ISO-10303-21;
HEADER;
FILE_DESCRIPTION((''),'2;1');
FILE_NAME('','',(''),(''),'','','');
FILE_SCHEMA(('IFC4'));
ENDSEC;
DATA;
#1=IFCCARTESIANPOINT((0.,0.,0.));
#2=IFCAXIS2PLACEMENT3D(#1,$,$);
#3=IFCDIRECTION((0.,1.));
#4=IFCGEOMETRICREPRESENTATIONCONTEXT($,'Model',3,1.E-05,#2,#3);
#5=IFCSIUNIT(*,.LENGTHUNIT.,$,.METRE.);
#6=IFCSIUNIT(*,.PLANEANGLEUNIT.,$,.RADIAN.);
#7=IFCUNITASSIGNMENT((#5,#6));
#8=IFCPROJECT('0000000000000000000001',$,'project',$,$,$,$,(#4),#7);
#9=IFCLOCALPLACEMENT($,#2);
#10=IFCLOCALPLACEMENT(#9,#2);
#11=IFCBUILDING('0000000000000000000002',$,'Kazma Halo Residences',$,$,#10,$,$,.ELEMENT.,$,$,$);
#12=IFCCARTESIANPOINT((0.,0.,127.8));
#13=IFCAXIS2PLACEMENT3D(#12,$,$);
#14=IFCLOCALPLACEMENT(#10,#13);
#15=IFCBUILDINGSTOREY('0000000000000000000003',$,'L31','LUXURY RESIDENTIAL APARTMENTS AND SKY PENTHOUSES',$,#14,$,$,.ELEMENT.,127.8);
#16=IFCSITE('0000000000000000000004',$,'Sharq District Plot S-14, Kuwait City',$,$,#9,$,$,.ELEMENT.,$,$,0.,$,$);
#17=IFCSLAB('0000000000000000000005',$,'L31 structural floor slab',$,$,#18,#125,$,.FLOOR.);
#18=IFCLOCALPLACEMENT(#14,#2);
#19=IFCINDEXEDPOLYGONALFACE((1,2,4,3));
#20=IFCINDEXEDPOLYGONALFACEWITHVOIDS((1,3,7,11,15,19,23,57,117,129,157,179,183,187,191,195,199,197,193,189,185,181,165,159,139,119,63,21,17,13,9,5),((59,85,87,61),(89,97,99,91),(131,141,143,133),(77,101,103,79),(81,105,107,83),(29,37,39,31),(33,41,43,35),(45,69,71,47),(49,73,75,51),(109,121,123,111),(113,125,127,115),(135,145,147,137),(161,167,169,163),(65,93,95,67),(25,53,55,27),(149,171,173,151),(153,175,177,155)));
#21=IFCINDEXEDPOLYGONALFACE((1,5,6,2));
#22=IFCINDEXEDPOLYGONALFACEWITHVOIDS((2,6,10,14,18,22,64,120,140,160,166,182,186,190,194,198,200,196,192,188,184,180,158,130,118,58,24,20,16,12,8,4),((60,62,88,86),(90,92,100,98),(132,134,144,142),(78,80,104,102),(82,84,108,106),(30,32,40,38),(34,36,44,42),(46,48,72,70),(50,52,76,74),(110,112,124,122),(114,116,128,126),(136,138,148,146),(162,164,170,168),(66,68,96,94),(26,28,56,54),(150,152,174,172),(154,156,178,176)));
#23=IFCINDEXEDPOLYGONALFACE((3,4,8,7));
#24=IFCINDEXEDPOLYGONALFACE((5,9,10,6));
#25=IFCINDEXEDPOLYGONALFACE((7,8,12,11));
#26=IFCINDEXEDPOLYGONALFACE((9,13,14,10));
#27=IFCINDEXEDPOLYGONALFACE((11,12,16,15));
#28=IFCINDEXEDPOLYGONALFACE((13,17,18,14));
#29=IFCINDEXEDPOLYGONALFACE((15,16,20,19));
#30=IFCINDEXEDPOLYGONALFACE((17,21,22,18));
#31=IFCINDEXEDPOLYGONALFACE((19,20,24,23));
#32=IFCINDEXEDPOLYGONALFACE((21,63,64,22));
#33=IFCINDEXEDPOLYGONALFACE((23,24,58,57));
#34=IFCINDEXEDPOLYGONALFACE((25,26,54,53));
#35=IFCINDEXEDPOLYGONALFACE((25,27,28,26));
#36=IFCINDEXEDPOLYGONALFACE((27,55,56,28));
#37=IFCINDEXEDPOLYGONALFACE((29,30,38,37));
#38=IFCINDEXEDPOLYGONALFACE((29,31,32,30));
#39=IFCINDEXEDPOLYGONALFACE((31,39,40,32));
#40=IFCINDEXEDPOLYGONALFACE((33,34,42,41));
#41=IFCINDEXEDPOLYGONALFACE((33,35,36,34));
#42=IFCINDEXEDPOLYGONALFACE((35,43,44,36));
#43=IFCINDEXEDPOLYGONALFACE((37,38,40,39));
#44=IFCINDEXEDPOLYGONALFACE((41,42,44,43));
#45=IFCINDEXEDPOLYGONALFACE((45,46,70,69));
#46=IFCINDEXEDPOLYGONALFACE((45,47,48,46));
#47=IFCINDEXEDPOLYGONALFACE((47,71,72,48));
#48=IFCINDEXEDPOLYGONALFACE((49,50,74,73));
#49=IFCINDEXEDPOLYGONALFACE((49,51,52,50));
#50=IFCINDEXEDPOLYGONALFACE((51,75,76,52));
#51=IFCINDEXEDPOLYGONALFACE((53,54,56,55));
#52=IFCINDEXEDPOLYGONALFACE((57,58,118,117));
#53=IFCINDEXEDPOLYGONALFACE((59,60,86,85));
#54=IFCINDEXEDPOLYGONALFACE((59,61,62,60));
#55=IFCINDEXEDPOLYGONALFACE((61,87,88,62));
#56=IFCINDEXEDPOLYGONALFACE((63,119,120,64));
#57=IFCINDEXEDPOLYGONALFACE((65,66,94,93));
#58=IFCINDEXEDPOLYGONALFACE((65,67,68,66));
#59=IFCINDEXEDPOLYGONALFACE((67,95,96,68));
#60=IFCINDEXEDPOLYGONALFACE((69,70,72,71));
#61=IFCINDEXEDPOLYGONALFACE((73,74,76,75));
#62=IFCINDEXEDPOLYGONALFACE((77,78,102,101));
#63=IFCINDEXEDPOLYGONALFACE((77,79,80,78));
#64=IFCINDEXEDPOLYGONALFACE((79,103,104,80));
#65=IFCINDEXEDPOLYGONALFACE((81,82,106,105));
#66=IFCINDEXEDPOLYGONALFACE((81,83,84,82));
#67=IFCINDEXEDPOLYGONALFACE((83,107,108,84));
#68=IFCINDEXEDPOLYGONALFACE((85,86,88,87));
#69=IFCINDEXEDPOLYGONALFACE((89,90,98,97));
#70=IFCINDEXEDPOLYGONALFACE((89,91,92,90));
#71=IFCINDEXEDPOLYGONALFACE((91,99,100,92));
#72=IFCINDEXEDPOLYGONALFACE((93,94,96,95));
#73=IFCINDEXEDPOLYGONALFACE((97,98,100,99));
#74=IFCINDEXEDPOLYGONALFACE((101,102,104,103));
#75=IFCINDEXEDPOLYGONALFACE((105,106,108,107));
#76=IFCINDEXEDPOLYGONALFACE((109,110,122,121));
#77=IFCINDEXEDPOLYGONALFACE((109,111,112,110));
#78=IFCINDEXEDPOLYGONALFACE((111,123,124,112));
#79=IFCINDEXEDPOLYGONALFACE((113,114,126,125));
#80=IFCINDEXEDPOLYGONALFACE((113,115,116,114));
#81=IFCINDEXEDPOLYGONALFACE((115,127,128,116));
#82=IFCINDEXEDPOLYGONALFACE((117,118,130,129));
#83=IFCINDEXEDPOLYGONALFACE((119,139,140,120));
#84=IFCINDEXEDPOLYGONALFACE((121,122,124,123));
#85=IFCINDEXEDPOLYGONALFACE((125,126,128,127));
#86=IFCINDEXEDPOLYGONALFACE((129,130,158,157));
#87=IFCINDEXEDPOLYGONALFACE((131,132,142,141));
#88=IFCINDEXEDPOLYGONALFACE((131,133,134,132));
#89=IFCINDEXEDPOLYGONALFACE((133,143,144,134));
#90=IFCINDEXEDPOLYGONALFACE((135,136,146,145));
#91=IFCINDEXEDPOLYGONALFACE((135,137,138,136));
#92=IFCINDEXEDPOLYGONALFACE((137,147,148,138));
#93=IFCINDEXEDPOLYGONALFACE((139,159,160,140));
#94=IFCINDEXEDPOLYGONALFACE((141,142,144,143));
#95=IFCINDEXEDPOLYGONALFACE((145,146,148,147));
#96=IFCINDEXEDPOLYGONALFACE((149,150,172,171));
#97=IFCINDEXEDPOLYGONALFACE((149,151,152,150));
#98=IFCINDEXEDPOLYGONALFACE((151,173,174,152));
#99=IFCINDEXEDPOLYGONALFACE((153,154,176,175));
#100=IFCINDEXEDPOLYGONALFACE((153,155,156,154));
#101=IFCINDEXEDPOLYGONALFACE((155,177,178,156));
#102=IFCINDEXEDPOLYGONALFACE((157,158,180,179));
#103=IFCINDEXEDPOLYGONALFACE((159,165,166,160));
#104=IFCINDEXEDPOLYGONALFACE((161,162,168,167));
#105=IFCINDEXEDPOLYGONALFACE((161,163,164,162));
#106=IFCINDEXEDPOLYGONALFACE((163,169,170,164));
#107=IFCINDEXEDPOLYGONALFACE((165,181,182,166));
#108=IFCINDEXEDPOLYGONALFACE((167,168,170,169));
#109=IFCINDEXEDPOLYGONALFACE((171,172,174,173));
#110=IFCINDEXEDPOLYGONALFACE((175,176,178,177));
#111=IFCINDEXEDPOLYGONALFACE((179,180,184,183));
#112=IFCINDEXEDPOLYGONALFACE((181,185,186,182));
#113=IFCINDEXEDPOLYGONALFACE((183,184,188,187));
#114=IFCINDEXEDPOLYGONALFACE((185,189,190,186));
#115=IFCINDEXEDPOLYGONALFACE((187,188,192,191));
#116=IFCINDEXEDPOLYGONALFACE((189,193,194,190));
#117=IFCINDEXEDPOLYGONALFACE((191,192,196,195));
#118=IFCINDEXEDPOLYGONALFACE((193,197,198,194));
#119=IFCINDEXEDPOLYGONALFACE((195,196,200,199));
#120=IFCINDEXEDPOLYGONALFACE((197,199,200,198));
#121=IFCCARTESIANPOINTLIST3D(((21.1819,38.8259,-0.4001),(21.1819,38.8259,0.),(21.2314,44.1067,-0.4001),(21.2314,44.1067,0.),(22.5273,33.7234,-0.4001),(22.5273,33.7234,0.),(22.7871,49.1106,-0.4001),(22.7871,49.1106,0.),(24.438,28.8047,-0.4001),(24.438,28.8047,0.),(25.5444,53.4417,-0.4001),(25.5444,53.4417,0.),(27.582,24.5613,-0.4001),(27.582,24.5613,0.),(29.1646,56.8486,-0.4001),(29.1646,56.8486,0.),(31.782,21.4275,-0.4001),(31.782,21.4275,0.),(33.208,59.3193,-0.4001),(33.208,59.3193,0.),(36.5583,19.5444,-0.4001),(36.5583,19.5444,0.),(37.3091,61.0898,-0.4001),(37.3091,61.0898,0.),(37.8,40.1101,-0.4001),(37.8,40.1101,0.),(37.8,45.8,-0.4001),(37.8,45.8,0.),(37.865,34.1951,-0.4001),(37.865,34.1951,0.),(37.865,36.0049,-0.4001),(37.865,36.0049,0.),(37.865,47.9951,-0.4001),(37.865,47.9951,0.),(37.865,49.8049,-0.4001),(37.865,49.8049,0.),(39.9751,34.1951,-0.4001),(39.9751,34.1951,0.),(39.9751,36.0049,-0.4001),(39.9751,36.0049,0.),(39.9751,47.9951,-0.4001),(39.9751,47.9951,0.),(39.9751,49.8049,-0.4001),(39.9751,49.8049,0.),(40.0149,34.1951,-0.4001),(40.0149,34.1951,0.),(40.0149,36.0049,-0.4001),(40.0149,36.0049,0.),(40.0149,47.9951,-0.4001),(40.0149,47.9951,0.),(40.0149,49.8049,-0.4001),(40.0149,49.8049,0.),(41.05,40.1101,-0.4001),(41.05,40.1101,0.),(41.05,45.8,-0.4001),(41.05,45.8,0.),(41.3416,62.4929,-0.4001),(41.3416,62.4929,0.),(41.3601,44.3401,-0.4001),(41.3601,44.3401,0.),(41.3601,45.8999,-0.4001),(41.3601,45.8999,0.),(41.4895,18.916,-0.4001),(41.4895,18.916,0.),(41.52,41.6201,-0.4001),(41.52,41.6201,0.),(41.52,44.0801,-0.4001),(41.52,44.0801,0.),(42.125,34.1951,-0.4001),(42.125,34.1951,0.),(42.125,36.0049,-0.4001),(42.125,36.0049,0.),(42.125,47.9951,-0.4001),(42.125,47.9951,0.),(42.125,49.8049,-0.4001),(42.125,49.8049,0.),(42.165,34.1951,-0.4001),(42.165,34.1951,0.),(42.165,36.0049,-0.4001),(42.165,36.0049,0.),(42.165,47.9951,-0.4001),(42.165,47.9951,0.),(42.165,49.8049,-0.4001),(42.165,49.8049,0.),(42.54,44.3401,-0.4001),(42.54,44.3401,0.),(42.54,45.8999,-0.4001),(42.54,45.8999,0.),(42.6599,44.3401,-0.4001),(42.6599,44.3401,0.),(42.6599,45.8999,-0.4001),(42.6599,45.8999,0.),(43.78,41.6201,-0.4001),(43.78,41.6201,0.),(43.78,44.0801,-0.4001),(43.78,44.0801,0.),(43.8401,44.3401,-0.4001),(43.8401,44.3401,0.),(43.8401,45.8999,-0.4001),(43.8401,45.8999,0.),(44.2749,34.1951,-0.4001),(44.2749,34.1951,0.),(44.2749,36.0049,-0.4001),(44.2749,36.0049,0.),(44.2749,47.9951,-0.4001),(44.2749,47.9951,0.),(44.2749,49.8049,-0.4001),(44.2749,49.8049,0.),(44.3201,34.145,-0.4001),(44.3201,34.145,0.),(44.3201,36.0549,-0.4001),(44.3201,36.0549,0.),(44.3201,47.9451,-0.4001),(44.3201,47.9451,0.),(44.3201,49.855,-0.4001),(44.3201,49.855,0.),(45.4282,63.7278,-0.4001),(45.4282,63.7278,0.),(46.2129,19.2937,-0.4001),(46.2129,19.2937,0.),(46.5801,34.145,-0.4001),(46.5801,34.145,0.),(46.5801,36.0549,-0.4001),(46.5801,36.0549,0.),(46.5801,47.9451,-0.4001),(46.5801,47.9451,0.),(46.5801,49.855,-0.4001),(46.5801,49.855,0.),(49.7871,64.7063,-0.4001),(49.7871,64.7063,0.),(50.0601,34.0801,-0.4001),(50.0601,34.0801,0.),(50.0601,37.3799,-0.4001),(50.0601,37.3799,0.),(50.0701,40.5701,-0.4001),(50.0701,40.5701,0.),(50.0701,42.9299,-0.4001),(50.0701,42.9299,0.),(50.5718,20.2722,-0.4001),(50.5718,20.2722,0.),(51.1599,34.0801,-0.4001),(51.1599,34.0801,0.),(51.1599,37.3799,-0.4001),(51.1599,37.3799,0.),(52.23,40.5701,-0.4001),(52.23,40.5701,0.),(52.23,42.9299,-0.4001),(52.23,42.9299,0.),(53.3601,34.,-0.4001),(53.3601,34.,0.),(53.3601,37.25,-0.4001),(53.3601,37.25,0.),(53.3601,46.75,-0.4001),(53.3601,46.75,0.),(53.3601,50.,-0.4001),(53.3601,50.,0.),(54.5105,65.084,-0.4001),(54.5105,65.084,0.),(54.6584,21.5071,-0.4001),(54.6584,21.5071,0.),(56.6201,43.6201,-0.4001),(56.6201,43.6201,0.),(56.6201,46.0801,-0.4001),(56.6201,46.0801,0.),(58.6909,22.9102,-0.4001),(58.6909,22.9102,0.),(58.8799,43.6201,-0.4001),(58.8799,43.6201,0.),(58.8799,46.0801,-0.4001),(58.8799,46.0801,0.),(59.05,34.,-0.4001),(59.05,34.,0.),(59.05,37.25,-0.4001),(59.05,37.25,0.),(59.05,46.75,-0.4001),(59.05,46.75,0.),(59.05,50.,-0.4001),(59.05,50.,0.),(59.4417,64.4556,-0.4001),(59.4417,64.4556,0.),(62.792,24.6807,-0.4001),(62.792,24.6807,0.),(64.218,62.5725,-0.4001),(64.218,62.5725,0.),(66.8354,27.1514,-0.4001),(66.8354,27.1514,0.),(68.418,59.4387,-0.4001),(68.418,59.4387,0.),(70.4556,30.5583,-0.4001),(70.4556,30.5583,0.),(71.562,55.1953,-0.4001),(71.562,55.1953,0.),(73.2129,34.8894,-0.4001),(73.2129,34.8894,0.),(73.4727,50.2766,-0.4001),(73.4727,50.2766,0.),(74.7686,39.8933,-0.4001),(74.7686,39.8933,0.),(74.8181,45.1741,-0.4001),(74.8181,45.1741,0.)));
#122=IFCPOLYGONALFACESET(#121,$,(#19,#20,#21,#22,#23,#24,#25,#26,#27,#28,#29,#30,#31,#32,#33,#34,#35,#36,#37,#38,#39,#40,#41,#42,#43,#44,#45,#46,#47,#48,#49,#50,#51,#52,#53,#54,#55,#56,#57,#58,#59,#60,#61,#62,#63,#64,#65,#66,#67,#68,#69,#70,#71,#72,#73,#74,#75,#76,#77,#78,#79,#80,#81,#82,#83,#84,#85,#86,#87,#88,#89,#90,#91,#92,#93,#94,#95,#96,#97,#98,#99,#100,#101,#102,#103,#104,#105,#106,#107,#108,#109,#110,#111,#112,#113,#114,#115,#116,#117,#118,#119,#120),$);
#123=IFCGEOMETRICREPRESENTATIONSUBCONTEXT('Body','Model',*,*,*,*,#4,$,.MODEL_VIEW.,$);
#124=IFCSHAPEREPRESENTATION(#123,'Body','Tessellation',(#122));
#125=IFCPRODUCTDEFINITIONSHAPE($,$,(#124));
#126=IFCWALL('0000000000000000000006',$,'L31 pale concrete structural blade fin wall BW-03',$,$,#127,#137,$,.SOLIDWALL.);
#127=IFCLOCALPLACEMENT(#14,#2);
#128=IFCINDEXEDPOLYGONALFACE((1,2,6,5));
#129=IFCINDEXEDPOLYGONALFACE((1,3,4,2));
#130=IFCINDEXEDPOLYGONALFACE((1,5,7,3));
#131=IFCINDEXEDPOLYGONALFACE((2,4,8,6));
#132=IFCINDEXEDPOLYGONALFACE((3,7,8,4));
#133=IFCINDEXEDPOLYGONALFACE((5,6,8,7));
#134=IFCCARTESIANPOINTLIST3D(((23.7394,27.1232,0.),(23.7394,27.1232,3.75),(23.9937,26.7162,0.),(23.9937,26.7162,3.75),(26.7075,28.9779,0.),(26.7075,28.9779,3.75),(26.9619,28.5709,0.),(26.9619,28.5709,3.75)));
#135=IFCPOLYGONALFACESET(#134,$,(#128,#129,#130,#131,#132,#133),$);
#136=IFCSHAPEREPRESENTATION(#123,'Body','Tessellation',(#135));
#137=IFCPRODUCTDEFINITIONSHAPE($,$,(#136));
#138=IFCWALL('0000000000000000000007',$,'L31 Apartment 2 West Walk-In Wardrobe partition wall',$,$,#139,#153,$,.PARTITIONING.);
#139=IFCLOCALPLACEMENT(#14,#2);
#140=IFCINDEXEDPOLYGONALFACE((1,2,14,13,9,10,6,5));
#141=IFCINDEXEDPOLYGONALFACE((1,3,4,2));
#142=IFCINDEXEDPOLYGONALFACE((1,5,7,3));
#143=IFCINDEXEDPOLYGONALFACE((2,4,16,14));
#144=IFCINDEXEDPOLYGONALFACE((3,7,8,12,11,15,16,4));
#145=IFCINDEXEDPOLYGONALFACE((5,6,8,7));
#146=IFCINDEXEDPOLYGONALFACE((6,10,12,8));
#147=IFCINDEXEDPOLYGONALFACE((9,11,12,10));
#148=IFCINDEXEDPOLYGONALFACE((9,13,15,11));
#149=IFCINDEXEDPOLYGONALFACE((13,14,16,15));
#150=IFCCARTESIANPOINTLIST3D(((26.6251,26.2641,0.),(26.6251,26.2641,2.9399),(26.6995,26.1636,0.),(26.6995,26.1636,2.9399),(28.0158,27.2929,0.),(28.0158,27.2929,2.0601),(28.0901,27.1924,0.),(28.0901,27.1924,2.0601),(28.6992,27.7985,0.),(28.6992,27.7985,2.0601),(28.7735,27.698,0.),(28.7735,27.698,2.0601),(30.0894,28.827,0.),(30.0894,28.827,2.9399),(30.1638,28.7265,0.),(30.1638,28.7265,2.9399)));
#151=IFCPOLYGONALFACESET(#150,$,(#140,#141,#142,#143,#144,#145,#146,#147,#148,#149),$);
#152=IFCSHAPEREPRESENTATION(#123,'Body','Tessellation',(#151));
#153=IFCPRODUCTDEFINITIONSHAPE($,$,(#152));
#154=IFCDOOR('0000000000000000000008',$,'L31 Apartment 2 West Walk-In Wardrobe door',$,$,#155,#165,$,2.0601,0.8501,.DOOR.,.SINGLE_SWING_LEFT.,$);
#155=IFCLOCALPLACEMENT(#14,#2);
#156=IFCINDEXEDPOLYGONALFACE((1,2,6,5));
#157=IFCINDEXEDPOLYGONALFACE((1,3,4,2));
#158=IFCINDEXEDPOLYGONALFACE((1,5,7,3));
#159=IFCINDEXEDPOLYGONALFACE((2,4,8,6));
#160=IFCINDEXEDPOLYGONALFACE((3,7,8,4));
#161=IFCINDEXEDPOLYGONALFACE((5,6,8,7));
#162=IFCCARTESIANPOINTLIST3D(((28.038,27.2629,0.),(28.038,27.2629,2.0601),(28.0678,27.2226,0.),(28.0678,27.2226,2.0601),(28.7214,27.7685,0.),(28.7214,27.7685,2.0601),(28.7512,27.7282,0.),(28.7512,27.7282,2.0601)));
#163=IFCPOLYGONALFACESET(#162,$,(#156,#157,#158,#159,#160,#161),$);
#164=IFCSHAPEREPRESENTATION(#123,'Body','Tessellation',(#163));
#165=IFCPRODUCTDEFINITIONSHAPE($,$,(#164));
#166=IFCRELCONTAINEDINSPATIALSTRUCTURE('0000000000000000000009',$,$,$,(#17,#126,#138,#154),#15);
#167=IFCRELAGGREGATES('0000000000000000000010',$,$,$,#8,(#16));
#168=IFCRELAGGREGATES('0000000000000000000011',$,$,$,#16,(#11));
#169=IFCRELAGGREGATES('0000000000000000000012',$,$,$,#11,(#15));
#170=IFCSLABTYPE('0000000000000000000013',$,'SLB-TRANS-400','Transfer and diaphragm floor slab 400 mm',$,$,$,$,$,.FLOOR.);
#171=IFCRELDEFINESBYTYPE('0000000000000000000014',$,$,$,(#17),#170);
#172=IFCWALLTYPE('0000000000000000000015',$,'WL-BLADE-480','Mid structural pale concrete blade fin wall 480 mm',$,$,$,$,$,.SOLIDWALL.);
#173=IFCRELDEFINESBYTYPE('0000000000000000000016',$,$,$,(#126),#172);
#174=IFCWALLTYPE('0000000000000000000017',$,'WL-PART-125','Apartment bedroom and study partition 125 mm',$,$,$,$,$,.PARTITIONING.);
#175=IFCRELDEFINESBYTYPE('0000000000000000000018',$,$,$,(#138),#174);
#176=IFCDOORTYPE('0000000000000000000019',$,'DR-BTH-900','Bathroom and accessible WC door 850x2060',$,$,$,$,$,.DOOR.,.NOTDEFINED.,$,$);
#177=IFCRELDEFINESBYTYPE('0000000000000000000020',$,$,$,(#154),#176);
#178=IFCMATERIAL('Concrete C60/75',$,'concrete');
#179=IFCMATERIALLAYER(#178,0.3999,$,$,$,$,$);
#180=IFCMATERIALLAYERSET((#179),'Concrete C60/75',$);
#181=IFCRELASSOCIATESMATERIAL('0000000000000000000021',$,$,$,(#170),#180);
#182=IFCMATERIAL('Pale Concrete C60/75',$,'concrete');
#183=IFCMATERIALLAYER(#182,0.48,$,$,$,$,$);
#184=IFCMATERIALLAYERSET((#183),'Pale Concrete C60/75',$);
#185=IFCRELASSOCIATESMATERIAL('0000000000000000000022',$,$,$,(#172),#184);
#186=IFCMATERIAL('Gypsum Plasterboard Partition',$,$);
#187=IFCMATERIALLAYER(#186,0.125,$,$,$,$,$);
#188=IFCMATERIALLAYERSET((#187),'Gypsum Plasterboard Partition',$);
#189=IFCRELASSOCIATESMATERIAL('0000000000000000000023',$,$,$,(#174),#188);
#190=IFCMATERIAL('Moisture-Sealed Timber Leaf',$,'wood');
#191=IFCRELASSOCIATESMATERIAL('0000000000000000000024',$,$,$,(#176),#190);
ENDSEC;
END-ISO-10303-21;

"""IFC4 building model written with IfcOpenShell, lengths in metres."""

from ifc_helpers import new_model, si_unit, direction, frame, frame_2d, origin, place, context, subcontext, project, spatial, polyline, rectangle, outline, extrude, material, layer, layer_set, type_object, element, fill, save


model = new_model("IFC4")

# Units and contexts
model_context = context("Model", 3, precision=1e-05, world=origin(), true_north=direction((0.0, 1.0)))
body_context = subcontext(model_context, "Body", "Model", "MODEL_VIEW")
ifc_project = project(units=[si_unit("LENGTHUNIT", "METRE"), si_unit("PLANEANGLEUNIT", "RADIAN")], contexts=[model_context])

# Site, building, storey
site_placement = place(None, origin())
site = spatial("IfcSite", under=ifc_project, at=site_placement, Name="Sharq District Plot S-14, Kuwait City", CompositionType="ELEMENT", RefElevation=0.0)
building_placement = place(site_placement, origin())
building = spatial("IfcBuilding", under=site, at=building_placement, Name="Kazma Halo Residences", CompositionType="ELEMENT")
storey_placement = place(building_placement, frame((0.0, 0.0, 127.8)))
storey = spatial("IfcBuildingStorey", under=building, at=storey_placement, Name="L31", Description="LUXURY RESIDENTIAL APARTMENTS AND SKY PENTHOUSES", CompositionType="ELEMENT", Elevation=127.8)

# Slab
ifc_material_1 = material(Name="Concrete C60/75", Category="concrete")
ifc_layer_1 = layer(ifc_material_1, 0.3999)
ifc_layer_set_1 = layer_set([ifc_layer_1], Name="Concrete C60/75")
slab_type_1 = type_object("IfcSlabType", Name="SLB-TRANS-400", Description="Transfer and diaphragm floor slab 400 mm", PredefinedType="FLOOR", material=ifc_layer_set_1)
slab_1_placement = place(storey_placement, frame((0.0, 0.0, -0.4001)))
element("IfcSlab", 1, at=slab_1_placement, inside=storey, type_object=slab_type_1, Name="L31 structural floor slab", PredefinedType="FLOOR", context=body_context, shape_type="SweptSolid", body=[
    extrude(outline(polyline([(73.4727, 50.2766), (71.562, 55.1953), (68.418, 59.4387), (64.218, 62.5725), (59.4417, 64.4556), (54.5105, 65.084), (49.7871, 64.7063), (45.4282, 63.7278), (41.3416, 62.4929), (37.3091, 61.0898), (33.208, 59.3193), (29.1646, 56.8486), (25.5444, 53.4417), (22.7871, 49.1106), (21.2314, 44.1067), (21.1819, 38.8259), (22.5273, 33.7234), (24.438, 28.8047), (27.582, 24.5613), (31.782, 21.4275), (36.5583, 19.5444), (41.4895, 18.916), (46.2129, 19.2937), (50.5718, 20.2722), (54.6584, 21.5071), (58.6909, 22.9102), (62.792, 24.6807), (66.8354, 27.1514), (70.4556, 30.5583), (73.2129, 34.8894), (74.7686, 39.8933), (74.8181, 45.1741), (73.4727, 50.2766)]), holes=[polyline([(37.8, 40.1101), (41.05, 40.1101), (41.05, 45.8), (37.8, 45.8), (37.8, 40.1101)]), polyline([(53.3601, 46.75), (59.05, 46.75), (59.05, 50.0), (53.3601, 50.0), (53.3601, 46.75)]), polyline([(53.3601, 34.0), (59.05, 34.0), (59.05, 37.25), (53.3601, 37.25), (53.3601, 34.0)]), polyline([(41.52, 41.6201), (43.78, 41.6201), (43.78, 44.0801), (41.52, 44.0801), (41.52, 41.6201)]), polyline([(56.6201, 43.6201), (58.8799, 43.6201), (58.8799, 46.0801), (56.6201, 46.0801), (56.6201, 43.6201)]), polyline([(37.865, 34.1951), (39.9751, 34.1951), (39.9751, 36.0049), (37.865, 36.0049), (37.865, 34.1951)]), polyline([(40.0149, 34.1951), (42.125, 34.1951), (42.125, 36.0049), (40.0149, 36.0049), (40.0149, 34.1951)]), polyline([(42.165, 34.1951), (44.2749, 34.1951), (44.2749, 36.0049), (42.165, 36.0049), (42.165, 34.1951)]), polyline([(37.865, 47.9951), (39.9751, 47.9951), (39.9751, 49.8049), (37.865, 49.8049), (37.865, 47.9951)]), polyline([(40.0149, 47.9951), (42.125, 47.9951), (42.125, 49.8049), (40.0149, 49.8049), (40.0149, 47.9951)]), polyline([(42.165, 47.9951), (44.2749, 47.9951), (44.2749, 49.8049), (42.165, 49.8049), (42.165, 47.9951)]), polyline([(44.3201, 47.9451), (46.5801, 47.9451), (46.5801, 49.855), (44.3201, 49.855), (44.3201, 47.9451)]), polyline([(44.3201, 34.145), (46.5801, 34.145), (46.5801, 36.0549), (44.3201, 36.0549), (44.3201, 34.145)]), polyline([(50.0701, 40.5701), (52.23, 40.5701), (52.23, 42.9299), (50.0701, 42.9299), (50.0701, 40.5701)]), polyline([(41.3601, 44.3401), (42.54, 44.3401), (42.54, 45.8999), (41.3601, 45.8999), (41.3601, 44.3401)]), polyline([(42.6599, 44.3401), (43.8401, 44.3401), (43.8401, 45.8999), (42.6599, 45.8999), (42.6599, 44.3401)]), polyline([(50.0601, 34.0801), (51.1599, 34.0801), (51.1599, 37.3799), (50.0601, 37.3799), (50.0601, 34.0801)])]), origin(), (0.0, 0.0, 1.0), 0.4001),
])

# Wall
ifc_material_2 = material(Name="Pale Concrete C60/75", Category="concrete")
ifc_layer_2 = layer(ifc_material_2, 0.48)
ifc_layer_set_2 = layer_set([ifc_layer_2], Name="Pale Concrete C60/75")
wall_type_1 = type_object("IfcWallType", Name="WL-BLADE-480", Description="Mid structural pale concrete blade fin wall 480 mm", PredefinedType="SOLIDWALL", material=ifc_layer_set_2)
wall_1_placement = place(storey_placement, frame((26.8347, 28.7744, 0.0), z_axis=(0.0, 0.0, 1.0), x_axis=(-0.848053, -0.529911, 0.0)))
element("IfcWall", 2, at=wall_1_placement, inside=storey, type_object=wall_type_1, Name="L31 pale concrete structural blade fin wall BW-03", PredefinedType="SOLIDWALL", context=body_context, shape_type="SweptSolid", body=[
    extrude(rectangle(XDim=3.5, YDim=0.48, at=frame_2d((1.75, 0.0))), origin(), (0.0, 0.0, 1.0), 3.75),
])

# Wall, opening, door
ifc_material_3 = material(Name="Gypsum Plasterboard Partition")
ifc_layer_3 = layer(ifc_material_3, 0.125)
ifc_layer_set_3 = layer_set([ifc_layer_3], Name="Gypsum Plasterboard Partition")
wall_type_2 = type_object("IfcWallType", Name="WL-PART-125", Description="Apartment bedroom and study partition 125 mm", PredefinedType="PARTITIONING", material=ifc_layer_set_3)
wall_2_placement = place(storey_placement, frame((30.1267, 28.7769, 0.0), z_axis=(0.0, 0.0, 1.0), x_axis=(-0.803912, -0.594748, 0.0)))
wall_2 = element("IfcWall", 3, at=wall_2_placement, inside=storey, type_object=wall_type_2, Name="L31 Apartment 2 West Walk-In Wardrobe partition wall", PredefinedType="PARTITIONING", context=body_context, shape_type="SweptSolid", body=[
    extrude(rectangle(XDim=4.3093, YDim=0.125, at=frame_2d((2.1548, 0.0))), origin(), (0.0, 0.0, 1.0), 2.9399),
])
opening_placement = place(wall_2_placement, frame((1.7295, 0.0, 0.0)))
opening = element("IfcOpeningElement", 4, at=opening_placement, cuts=wall_2, PredefinedType="OPENING", context=body_context, shape_type="SweptSolid", body=[
    extrude(rectangle(XDim=0.8501, YDim=2.0601, at=frame_2d((0.425, 1.03))), frame((0.0, 0.0725, 0.0), z_axis=(0.0, -1.0, 0.0), x_axis=(1.0, 0.0, 0.0)), (0.0, 0.0, 1.0), 0.145),
])
ifc_material_4 = material(Name="Moisture-Sealed Timber Leaf", Category="wood")
door_type = type_object("IfcDoorType", Name="DR-BTH-900", Description="Bathroom and accessible WC door 850x2060", OperationType="NOTDEFINED", PredefinedType="DOOR", material=ifc_material_4)
door_placement = place(opening_placement, origin())
door = element("IfcDoor", 5, at=door_placement, inside=storey, type_object=door_type, Name="L31 Apartment 2 West Walk-In Wardrobe door", OperationType="SINGLE_SWING_LEFT", OverallHeight=2.0601, OverallWidth=0.8501, PredefinedType="DOOR", context=body_context, shape_type="SweptSolid", body=[
    extrude(rectangle(XDim=0.8501, YDim=2.0601, at=frame_2d((0.425, 1.03))), frame((0.0, 0.0249, 0.0), z_axis=(0.0, -1.0, 0.0), x_axis=(1.0, 0.0, 0.0)), (0.0, 0.0, 1.0), 0.05),
])
fill(opening, door)

save(model, "model.ifc")
